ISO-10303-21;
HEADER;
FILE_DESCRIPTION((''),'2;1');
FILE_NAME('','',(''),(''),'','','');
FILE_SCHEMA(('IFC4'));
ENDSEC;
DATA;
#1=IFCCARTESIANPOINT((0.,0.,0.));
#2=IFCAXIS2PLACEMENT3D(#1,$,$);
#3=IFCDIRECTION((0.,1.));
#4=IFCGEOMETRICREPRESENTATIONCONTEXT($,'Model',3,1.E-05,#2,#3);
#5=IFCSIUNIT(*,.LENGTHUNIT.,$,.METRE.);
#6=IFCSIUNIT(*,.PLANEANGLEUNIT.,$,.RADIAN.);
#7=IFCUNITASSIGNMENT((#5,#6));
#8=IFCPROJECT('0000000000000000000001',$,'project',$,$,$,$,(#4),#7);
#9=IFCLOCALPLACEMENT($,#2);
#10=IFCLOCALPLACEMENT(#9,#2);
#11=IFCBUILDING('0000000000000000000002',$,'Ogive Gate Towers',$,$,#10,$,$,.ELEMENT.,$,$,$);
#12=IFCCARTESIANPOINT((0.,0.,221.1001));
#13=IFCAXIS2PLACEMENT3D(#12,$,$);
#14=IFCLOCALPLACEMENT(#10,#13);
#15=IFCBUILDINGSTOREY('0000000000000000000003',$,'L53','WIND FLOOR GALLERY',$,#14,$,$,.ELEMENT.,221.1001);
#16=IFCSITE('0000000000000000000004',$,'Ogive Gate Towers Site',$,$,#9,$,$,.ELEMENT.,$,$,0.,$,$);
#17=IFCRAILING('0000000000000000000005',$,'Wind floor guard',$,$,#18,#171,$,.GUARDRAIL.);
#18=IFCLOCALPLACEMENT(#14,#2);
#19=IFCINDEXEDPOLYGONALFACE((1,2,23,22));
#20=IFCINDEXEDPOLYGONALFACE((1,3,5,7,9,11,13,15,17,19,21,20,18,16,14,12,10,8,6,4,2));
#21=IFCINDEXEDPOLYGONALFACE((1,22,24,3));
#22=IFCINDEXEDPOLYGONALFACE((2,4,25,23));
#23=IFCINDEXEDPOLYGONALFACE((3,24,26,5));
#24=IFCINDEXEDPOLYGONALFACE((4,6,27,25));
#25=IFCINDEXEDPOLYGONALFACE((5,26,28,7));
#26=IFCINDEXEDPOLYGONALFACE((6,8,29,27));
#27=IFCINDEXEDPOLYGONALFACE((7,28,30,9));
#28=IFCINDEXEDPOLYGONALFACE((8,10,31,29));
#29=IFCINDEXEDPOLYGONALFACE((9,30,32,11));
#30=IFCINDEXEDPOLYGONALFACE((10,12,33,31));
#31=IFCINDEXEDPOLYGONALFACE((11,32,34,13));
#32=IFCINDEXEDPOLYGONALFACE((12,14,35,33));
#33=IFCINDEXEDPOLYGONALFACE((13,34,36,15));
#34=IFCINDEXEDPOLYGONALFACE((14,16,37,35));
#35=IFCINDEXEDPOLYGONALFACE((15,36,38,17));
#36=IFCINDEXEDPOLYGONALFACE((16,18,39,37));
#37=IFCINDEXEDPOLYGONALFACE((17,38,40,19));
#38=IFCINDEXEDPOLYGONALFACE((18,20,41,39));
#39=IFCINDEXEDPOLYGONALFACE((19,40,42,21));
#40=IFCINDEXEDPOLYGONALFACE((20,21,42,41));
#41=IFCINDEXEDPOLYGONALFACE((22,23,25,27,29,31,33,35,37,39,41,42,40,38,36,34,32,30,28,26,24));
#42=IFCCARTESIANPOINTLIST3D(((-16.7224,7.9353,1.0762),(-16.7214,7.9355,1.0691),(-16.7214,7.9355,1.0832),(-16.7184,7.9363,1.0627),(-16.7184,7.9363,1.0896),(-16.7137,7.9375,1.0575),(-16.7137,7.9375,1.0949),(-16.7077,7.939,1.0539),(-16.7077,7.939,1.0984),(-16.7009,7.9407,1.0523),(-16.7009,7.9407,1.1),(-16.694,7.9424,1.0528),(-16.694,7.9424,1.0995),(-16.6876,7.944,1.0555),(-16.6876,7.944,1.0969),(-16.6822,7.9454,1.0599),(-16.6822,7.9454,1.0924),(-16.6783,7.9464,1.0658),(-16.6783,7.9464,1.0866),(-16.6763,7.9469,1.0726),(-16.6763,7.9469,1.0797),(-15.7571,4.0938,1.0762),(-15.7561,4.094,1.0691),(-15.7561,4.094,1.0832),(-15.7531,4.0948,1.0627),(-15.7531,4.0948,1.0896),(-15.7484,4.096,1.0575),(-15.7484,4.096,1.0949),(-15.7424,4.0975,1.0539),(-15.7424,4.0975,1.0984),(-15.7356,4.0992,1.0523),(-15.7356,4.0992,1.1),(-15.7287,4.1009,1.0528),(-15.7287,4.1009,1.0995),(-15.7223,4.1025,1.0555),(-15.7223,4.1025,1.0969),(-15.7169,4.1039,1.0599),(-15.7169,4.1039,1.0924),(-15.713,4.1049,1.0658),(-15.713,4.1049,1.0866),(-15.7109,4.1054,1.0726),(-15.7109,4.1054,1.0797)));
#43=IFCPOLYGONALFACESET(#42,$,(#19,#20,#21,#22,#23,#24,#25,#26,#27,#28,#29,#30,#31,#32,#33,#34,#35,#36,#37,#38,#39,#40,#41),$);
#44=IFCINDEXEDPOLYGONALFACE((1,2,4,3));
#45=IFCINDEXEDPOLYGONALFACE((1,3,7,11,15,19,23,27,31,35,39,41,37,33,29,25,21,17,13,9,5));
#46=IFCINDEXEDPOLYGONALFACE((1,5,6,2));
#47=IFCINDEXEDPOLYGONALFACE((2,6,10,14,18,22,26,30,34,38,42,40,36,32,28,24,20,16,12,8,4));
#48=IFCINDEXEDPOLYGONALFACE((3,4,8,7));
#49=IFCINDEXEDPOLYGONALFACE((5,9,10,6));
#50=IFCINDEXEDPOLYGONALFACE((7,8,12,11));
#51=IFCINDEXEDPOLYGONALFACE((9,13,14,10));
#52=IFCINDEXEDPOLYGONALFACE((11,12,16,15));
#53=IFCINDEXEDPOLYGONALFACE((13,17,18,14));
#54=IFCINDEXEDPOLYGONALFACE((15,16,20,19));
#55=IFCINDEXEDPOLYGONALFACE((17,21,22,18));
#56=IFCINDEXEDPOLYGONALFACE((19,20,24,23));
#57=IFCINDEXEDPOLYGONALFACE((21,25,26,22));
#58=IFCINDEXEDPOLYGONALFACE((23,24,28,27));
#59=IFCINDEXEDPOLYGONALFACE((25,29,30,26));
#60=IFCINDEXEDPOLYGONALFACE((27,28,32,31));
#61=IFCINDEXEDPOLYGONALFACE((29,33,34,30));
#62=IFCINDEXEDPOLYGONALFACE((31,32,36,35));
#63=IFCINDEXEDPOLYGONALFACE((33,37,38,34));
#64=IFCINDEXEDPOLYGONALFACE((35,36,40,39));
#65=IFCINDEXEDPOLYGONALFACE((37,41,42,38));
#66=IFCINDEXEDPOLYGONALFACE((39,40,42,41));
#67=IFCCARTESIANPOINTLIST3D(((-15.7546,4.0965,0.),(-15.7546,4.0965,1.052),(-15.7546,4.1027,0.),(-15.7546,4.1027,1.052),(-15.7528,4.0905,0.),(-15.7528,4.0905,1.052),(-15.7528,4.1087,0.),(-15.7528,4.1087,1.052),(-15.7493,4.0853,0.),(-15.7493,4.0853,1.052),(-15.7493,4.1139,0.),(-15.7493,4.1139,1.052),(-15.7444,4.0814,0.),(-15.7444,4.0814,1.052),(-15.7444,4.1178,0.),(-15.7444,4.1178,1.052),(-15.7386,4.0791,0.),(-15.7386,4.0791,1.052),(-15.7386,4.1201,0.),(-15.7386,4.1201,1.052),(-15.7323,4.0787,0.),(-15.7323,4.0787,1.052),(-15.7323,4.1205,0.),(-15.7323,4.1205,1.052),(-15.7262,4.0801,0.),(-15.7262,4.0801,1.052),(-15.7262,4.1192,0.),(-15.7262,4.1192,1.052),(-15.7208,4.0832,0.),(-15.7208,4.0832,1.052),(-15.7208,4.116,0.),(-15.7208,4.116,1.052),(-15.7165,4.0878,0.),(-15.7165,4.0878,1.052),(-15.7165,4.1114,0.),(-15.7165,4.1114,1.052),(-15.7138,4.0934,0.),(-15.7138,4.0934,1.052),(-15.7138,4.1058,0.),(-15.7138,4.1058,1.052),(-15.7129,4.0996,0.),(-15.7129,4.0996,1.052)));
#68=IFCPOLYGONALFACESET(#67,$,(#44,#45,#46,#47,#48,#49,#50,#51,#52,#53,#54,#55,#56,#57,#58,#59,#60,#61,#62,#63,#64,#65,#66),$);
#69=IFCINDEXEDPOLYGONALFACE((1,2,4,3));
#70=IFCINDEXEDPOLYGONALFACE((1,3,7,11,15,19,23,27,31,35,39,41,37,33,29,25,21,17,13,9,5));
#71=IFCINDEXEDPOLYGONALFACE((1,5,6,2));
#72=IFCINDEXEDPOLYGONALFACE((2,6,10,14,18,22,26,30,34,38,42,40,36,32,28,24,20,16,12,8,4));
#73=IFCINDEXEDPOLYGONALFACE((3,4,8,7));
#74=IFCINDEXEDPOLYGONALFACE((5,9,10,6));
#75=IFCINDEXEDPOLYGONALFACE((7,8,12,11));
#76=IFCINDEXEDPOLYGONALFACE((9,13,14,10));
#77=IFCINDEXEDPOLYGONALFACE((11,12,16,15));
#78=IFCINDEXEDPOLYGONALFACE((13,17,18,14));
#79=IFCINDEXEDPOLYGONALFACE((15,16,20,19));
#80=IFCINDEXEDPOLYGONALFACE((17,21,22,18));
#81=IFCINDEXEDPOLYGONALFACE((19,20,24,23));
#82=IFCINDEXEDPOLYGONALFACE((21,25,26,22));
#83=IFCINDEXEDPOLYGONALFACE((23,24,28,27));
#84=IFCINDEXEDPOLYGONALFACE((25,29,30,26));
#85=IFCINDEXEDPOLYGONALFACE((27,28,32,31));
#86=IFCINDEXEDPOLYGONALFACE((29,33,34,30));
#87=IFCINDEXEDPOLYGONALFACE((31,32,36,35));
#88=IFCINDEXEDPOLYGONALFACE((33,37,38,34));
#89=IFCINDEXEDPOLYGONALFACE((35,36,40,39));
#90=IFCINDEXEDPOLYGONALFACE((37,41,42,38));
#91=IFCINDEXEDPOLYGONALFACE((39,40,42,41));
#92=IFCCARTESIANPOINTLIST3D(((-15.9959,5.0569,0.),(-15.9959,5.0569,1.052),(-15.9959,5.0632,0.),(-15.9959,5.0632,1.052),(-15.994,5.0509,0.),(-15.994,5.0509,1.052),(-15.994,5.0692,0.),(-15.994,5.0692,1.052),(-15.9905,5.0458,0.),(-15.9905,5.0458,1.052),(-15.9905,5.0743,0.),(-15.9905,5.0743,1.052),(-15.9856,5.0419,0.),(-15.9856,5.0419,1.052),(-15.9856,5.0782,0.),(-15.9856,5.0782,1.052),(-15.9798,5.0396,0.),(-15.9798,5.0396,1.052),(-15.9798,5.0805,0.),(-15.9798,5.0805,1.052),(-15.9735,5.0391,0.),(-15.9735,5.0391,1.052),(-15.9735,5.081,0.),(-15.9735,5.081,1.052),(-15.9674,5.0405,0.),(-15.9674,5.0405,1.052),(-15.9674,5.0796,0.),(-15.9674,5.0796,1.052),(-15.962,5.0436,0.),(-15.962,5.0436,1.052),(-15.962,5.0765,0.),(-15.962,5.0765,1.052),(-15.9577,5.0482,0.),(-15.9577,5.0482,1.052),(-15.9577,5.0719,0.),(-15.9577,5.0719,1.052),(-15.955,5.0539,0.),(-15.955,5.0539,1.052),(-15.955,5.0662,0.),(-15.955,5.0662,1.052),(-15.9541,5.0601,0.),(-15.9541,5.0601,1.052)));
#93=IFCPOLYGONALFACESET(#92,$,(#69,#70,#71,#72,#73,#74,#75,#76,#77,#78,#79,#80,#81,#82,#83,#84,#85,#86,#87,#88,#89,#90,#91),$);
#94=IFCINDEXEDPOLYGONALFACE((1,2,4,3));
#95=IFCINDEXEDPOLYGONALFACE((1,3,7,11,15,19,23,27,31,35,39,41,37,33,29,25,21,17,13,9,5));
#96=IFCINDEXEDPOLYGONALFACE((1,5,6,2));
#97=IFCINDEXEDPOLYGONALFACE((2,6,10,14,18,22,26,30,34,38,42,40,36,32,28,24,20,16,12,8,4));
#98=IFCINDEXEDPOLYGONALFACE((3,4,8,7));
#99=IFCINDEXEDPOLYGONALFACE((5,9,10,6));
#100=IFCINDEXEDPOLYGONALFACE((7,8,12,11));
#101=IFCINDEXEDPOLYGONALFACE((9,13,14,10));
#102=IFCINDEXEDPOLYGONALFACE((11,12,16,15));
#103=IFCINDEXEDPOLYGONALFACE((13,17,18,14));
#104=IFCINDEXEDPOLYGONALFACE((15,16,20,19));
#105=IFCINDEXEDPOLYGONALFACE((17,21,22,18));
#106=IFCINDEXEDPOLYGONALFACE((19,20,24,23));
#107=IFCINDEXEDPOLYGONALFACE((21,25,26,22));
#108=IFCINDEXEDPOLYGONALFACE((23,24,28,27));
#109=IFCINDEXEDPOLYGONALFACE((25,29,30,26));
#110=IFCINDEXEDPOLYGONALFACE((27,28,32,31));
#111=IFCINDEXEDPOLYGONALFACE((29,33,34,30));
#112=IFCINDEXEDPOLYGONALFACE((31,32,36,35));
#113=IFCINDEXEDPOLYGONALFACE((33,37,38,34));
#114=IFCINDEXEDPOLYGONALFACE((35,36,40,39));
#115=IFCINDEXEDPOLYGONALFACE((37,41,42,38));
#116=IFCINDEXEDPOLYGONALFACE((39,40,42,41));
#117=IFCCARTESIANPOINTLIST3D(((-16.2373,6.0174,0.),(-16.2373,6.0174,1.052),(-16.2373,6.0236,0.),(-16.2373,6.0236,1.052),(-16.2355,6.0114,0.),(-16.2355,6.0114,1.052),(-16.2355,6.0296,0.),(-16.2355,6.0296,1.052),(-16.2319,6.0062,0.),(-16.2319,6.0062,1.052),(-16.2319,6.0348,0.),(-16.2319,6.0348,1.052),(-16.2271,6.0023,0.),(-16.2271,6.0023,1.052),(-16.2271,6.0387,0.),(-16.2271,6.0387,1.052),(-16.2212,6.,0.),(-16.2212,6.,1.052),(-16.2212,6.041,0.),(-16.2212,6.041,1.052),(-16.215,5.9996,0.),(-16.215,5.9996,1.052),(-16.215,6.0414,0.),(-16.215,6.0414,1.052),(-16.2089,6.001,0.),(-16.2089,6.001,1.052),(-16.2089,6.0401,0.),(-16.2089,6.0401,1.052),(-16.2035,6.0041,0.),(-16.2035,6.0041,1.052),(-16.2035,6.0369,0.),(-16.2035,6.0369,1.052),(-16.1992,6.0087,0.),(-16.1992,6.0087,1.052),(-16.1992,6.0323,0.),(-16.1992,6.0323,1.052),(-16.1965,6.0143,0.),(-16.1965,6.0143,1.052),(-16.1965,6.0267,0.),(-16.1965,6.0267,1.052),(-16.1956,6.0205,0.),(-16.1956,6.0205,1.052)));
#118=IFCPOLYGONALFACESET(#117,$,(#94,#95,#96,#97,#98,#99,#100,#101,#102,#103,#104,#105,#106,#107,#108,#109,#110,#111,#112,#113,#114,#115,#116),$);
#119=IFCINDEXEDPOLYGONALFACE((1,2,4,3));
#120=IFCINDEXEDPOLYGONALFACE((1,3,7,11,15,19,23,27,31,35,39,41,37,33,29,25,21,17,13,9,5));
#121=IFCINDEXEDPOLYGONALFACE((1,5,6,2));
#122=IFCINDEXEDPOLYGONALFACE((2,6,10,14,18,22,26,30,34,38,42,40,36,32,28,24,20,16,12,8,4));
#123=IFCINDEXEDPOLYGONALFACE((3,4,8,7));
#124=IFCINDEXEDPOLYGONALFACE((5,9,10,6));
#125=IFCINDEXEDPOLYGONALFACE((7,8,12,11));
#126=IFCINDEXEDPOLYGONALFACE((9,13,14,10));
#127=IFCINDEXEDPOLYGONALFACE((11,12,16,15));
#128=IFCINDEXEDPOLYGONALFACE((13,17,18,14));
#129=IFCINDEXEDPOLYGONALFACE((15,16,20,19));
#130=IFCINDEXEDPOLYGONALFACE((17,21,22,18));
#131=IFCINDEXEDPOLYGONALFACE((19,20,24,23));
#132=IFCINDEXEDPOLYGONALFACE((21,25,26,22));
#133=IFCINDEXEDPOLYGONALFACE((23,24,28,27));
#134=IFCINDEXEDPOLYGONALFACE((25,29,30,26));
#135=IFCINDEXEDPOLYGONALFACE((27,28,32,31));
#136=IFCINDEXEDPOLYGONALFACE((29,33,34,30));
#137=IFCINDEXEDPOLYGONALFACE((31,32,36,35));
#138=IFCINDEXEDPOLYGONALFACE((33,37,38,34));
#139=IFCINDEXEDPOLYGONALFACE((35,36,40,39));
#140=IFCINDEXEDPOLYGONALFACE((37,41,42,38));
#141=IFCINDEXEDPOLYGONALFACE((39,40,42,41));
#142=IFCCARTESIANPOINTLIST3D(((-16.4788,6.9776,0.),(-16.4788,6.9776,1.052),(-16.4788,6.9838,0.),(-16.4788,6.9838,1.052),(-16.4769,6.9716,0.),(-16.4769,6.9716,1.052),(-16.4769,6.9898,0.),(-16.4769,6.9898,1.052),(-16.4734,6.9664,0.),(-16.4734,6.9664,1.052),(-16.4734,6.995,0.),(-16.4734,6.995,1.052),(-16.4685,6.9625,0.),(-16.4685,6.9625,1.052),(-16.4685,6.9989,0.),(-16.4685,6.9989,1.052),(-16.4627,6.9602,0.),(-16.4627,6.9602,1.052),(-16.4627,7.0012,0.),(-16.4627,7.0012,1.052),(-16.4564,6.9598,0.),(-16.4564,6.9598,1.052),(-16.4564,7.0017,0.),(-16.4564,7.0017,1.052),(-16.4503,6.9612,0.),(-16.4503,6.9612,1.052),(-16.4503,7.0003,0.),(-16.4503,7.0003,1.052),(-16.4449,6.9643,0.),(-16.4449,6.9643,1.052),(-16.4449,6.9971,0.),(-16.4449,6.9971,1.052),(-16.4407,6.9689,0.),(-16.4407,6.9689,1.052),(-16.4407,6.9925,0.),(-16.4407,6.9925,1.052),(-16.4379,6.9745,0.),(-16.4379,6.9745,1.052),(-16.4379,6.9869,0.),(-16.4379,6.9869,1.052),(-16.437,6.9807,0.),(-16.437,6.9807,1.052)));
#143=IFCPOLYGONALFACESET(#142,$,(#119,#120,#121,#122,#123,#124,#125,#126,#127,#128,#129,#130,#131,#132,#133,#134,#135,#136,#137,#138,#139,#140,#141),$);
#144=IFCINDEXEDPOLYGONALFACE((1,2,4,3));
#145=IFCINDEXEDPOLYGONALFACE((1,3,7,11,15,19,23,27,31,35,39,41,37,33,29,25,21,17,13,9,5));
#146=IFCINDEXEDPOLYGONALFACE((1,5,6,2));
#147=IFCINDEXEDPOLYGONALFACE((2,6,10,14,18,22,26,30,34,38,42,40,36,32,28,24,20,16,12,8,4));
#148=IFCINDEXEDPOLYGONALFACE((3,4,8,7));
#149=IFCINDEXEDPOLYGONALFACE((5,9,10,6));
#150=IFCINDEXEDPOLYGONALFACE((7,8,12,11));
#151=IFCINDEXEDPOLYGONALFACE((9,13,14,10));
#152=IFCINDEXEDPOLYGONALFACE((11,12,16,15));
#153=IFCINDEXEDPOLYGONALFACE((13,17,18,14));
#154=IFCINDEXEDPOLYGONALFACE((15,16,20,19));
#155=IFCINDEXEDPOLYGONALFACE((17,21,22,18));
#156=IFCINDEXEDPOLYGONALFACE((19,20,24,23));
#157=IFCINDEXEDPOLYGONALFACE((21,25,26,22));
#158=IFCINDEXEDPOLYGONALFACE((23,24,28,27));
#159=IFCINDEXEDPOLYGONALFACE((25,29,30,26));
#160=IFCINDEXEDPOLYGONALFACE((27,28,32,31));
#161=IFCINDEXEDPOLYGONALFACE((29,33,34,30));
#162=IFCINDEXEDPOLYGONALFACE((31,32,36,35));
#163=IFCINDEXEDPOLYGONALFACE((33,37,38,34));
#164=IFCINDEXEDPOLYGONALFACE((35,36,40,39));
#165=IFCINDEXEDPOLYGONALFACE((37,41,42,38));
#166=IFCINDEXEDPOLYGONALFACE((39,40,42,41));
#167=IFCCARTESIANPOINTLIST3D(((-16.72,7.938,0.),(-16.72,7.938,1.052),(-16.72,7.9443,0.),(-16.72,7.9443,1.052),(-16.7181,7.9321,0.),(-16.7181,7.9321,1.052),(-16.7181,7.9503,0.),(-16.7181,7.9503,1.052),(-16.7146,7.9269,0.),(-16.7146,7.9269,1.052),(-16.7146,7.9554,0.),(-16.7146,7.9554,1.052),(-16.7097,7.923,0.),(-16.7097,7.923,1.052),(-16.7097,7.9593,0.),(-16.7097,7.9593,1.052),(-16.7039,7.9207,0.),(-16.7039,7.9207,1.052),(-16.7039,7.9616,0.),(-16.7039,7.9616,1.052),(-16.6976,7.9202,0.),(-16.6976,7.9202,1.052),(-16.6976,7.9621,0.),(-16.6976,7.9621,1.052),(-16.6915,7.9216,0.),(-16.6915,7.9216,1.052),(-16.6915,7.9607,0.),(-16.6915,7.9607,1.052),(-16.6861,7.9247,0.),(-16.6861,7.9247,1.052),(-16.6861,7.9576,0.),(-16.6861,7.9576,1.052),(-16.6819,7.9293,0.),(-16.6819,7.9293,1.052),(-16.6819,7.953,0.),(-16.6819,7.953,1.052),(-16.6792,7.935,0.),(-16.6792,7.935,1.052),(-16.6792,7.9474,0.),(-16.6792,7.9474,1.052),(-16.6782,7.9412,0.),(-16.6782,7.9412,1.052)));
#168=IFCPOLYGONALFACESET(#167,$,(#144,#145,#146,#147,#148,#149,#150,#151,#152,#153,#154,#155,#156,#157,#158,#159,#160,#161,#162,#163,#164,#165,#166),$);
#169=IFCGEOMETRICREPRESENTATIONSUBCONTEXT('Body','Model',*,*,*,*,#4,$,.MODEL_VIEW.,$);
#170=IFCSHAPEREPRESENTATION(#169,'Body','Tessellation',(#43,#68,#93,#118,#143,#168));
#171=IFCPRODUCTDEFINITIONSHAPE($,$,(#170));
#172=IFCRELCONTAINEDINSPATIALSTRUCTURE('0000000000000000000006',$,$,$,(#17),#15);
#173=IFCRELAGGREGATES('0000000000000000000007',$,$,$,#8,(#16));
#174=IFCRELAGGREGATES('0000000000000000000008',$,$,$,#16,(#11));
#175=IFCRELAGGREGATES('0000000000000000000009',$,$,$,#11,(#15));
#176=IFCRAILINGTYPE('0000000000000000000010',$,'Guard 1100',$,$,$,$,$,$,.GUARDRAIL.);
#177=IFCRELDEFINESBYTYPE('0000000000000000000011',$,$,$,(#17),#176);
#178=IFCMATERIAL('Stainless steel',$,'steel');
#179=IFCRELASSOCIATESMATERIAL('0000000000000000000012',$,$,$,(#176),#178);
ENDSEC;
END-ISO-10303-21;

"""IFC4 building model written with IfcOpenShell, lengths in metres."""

from ifc_helpers import new_model, si_unit, direction, frame, origin, origin_2d, place, context, subcontext, project, spatial, circle, extrude, material, type_object, element, save


model = new_model("IFC4")

# Units and contexts
model_context = context("Model", 3, precision=1e-05, world=origin(), true_north=direction((0.0, 1.0)))
body_context = subcontext(model_context, "Body", "Model", "MODEL_VIEW")
ifc_project = project(units=[si_unit("LENGTHUNIT", "METRE"), si_unit("PLANEANGLEUNIT", "RADIAN")], contexts=[model_context])

# Site, building, storey
site_placement = place(None, origin())
site = spatial("IfcSite", under=ifc_project, at=site_placement, Name="Ogive Gate Towers Site", CompositionType="ELEMENT", RefElevation=0.0)
building_placement = place(site_placement, origin())
building = spatial("IfcBuilding", under=site, at=building_placement, Name="Ogive Gate Towers", CompositionType="ELEMENT")
storey_placement = place(building_placement, frame((0.0, 0.0, 221.1001)))
storey = spatial("IfcBuildingStorey", under=building, at=storey_placement, Name="L53", Description="WIND FLOOR GALLERY", CompositionType="ELEMENT", Elevation=221.1001)

# Railing
ifc_material_1 = material(Name="Stainless steel", Category="steel")
railing_type = type_object("IfcRailingType", Name="Guard 1100", PredefinedType="GUARDRAIL", material=ifc_material_1)
railing_1_placement = place(storey_placement, frame((-15.7339, 4.0996, 0.0)))
element("IfcRailing", 1, at=railing_1_placement, inside=storey, type_object=railing_type, Name="Wind floor guard", PredefinedType="GUARDRAIL", context=body_context, shape_type="SweptSolid", body=[
    extrude(circle(Radius=0.0239, at=origin_2d()), frame((0.0, 0.0, 1.0762), z_axis=(-0.24371, 0.969848, 0.0), x_axis=(-0.969848, -0.24371, 0.0)), (0.0, 0.0, 1.0), 3.9609),
    extrude(circle(Radius=0.021, at=origin_2d()), origin(), (0.0, 0.0, 1.0), 1.052),
    extrude(circle(Radius=0.021, at=origin_2d()), frame((-0.2412, 0.9604, 0.0)), (0.0, 0.0, 1.0), 1.052),
    extrude(circle(Radius=0.021, at=origin_2d()), frame((-0.4827, 1.9209, 0.0)), (0.0, 0.0, 1.0), 1.052),
    extrude(circle(Radius=0.021, at=origin_2d()), frame((-0.7241, 2.8811, 0.0)), (0.0, 0.0, 1.0), 1.052),
    extrude(circle(Radius=0.021, at=origin_2d()), frame((-0.9653, 3.8416, 0.0)), (0.0, 0.0, 1.0), 1.052),
])

save(model, "model.ifc")
